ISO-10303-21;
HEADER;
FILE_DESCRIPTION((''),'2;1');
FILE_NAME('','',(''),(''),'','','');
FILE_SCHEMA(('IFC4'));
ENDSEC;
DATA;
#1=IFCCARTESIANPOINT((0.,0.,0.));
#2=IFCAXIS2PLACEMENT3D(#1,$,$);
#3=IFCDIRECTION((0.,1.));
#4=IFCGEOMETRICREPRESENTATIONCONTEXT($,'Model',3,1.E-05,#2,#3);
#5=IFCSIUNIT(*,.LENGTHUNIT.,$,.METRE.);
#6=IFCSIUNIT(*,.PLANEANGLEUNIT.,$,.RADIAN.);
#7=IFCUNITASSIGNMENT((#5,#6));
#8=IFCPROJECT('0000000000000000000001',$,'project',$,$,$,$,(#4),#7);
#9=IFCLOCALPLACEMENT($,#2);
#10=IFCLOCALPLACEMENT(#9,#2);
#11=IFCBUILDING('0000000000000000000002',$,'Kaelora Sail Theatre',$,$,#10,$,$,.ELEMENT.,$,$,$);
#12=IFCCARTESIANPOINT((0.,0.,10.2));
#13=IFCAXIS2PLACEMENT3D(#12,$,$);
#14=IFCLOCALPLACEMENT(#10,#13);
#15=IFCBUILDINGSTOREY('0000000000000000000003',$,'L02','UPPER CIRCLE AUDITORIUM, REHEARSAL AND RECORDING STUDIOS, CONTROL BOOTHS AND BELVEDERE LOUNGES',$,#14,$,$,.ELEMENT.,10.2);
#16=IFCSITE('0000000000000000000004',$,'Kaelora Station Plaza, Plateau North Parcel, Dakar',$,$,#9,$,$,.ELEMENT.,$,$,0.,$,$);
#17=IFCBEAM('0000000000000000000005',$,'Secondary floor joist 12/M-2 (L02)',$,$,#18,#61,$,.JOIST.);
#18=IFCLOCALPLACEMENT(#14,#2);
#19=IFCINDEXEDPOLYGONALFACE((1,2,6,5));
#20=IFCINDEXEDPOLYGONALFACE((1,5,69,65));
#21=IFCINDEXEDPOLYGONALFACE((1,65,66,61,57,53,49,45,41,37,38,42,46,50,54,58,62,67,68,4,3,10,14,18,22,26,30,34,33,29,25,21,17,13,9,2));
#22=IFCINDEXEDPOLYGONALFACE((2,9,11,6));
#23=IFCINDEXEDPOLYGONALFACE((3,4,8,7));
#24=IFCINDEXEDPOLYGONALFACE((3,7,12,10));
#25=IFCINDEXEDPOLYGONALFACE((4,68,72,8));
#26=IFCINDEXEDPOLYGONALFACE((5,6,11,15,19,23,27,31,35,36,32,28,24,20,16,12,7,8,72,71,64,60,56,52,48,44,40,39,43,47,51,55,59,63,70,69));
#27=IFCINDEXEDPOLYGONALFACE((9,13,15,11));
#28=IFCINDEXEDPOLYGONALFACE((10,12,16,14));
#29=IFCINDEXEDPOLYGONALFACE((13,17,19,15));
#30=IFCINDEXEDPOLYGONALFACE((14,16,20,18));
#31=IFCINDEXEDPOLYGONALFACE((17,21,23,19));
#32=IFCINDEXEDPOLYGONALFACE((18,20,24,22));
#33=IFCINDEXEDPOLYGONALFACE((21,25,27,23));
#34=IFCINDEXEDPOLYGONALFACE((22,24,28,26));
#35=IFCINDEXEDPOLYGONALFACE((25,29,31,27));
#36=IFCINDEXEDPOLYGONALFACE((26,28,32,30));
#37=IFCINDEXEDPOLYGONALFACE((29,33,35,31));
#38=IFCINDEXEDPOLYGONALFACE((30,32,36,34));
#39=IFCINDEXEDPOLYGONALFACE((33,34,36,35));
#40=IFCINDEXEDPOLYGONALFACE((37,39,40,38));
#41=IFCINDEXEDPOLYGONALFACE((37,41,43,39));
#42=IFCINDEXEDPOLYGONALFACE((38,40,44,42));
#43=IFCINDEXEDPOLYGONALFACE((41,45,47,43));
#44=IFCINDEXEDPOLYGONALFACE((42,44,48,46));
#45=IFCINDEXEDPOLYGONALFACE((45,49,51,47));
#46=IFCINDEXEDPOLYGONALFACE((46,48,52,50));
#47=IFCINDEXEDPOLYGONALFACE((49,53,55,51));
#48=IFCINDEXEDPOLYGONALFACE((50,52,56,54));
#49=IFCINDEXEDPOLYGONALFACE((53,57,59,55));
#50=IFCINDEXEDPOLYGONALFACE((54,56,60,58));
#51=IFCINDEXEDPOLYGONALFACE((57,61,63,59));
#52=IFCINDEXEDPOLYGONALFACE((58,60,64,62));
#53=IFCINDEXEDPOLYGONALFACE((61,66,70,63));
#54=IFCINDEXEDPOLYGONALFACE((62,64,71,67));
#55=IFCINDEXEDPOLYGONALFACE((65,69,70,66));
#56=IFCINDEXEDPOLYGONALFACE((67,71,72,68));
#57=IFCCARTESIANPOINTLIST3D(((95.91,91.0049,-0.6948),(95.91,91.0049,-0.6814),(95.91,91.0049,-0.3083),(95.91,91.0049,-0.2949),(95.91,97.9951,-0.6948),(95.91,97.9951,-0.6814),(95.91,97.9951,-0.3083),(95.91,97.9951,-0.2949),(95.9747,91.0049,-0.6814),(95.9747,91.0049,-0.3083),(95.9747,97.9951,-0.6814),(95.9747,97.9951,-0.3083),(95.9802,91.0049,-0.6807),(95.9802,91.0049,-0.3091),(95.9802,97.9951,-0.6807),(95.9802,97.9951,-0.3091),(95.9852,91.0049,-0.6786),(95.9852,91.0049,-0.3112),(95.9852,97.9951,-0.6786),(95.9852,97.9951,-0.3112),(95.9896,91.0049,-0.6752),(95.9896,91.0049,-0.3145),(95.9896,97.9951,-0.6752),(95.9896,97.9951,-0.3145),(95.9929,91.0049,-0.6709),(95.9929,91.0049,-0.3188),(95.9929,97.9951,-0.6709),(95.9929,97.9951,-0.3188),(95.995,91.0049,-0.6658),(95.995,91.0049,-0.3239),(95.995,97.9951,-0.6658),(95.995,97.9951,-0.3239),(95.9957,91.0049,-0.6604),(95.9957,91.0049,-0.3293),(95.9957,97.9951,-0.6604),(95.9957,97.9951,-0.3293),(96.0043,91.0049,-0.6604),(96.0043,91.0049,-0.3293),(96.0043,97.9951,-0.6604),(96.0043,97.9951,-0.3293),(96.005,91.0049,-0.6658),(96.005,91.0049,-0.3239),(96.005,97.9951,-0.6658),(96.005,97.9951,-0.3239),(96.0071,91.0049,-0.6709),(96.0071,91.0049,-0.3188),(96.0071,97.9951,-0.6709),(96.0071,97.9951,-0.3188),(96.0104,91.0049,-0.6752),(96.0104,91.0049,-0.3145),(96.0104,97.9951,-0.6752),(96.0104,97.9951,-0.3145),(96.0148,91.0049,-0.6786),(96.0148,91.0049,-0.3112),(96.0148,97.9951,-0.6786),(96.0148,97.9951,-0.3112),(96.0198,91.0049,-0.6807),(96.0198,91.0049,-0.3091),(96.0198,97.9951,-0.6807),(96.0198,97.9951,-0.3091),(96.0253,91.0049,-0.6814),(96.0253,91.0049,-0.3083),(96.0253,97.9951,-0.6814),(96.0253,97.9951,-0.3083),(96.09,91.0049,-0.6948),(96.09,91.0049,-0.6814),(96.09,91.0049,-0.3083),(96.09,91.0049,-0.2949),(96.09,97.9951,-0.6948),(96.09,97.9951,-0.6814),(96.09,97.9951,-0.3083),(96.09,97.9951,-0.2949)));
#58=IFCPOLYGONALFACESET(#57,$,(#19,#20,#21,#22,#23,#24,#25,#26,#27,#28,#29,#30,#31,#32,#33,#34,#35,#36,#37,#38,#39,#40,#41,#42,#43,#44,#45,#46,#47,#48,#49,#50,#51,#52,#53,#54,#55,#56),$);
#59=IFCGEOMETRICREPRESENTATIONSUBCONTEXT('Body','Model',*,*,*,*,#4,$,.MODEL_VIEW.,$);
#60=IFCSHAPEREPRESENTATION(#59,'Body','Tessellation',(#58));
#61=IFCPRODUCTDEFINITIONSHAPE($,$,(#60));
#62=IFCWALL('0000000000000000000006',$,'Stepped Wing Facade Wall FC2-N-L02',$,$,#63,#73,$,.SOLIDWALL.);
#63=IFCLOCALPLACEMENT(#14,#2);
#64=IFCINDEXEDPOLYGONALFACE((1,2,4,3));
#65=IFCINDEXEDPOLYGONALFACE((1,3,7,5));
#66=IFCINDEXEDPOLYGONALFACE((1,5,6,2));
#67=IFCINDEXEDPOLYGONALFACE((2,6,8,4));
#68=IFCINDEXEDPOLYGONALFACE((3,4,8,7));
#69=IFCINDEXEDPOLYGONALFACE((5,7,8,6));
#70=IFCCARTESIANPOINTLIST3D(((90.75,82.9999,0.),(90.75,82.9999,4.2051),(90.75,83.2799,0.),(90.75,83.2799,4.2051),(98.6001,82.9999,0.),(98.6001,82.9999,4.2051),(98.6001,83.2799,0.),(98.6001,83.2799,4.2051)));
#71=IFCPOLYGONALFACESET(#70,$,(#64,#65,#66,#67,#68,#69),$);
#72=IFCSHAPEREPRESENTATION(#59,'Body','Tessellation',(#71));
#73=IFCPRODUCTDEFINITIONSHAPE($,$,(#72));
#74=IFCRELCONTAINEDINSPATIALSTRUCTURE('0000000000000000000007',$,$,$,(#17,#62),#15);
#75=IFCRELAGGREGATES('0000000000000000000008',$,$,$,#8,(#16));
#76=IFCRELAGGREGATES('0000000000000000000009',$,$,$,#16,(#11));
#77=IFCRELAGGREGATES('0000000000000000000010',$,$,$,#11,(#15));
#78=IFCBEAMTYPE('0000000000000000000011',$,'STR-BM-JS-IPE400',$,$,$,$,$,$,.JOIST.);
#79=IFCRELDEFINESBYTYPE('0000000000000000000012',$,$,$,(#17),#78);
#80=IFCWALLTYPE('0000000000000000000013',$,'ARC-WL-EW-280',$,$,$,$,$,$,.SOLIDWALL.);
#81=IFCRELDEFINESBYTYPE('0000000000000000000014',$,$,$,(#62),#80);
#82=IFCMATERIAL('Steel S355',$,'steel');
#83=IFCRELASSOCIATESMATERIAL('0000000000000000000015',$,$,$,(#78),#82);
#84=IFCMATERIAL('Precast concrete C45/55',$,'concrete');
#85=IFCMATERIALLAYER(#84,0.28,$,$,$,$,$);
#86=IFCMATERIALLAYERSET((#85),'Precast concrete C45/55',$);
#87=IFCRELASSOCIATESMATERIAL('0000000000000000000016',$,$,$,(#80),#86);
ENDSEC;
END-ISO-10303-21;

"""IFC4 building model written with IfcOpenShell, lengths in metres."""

from ifc_helpers import new_model, si_unit, direction, frame, frame_2d, origin, origin_2d, place, context, subcontext, project, spatial, rectangle, i_section, extrude, material, layer, layer_set, material_profile, profile_set, type_object, element, save


model = new_model("IFC4")

# Units and contexts
model_context = context("Model", 3, precision=1e-05, world=origin(), true_north=direction((0.0, 1.0)))
body_context = subcontext(model_context, "Body", "Model", "MODEL_VIEW")
ifc_project = project(units=[si_unit("LENGTHUNIT", "METRE"), si_unit("PLANEANGLEUNIT", "RADIAN")], contexts=[model_context])

# Site, building, storey
site_placement = place(None, origin())
site = spatial("IfcSite", under=ifc_project, at=site_placement, Name="Kaelora Station Plaza, Plateau North Parcel, Dakar", CompositionType="ELEMENT", RefElevation=0.0)
building_placement = place(site_placement, origin())
building = spatial("IfcBuilding", under=site, at=building_placement, Name="Kaelora Sail Theatre", CompositionType="ELEMENT")
storey_placement = place(building_placement, frame((0.0, 0.0, 10.2)))
storey = spatial("IfcBuildingStorey", under=building, at=storey_placement, Name="L02", Description="UPPER CIRCLE AUDITORIUM, REHEARSAL AND RECORDING STUDIOS, CONTROL BOOTHS AND BELVEDERE LOUNGES", CompositionType="ELEMENT", Elevation=10.2)

# Beam
ifc_material_1 = material(Name="Steel S355", Category="steel")
ifc_material_profile_1 = material_profile(ifc_material_1, i_section(OverallWidth=0.1799, OverallDepth=0.3999, WebThickness=0.0085, FlangeThickness=0.0134, FilletRadius=0.021, at=origin_2d()), Name="IPE 400")
ifc_profile_set_1 = profile_set([ifc_material_profile_1], Name="Steel S355")
beam_type_1 = type_object("IfcBeamType", Name="STR-BM-JS-IPE400", PredefinedType="JOIST", material=ifc_profile_set_1)
beam_1_placement = place(storey_placement, frame((96.0, 91.0049, -0.4949), z_axis=(0.0, 1.0, 0.0), x_axis=(-1.0, 0.0, 0.0)))
element("IfcBeam", 1, at=beam_1_placement, inside=storey, type_object=beam_type_1, Name="Secondary floor joist 12/M-2 (L02)", PredefinedType="JOIST", context=body_context, shape_type="SweptSolid", body=[
    extrude(i_section(OverallWidth=0.1799, OverallDepth=0.3999, WebThickness=0.0085, FlangeThickness=0.0134, FilletRadius=0.021, at=origin_2d()), origin(), (0.0, 0.0, 1.0), 6.9902),
])

# Wall
ifc_material_2 = material(Name="Precast concrete C45/55", Category="concrete")
ifc_layer = layer(ifc_material_2, 0.28)
ifc_layer_set = layer_set([ifc_layer], Name="Precast concrete C45/55")
wall_type = type_object("IfcWallType", Name="ARC-WL-EW-280", PredefinedType="SOLIDWALL", material=ifc_layer_set)
wall_placement = place(storey_placement, frame((90.75, 83.1399, 0.0), z_axis=(0.0, 0.0, 1.0), x_axis=(1.0, 0.0, 0.0)))
element("IfcWall", 2, at=wall_placement, inside=storey, type_object=wall_type, Name="Stepped Wing Facade Wall FC2-N-L02", PredefinedType="SOLIDWALL", context=body_context, shape_type="SweptSolid", body=[
    extrude(rectangle(XDim=7.8501, YDim=0.28, at=frame_2d((3.925, 0.0))), origin(), (0.0, 0.0, 1.0), 4.2051),
])

save(model, "model.ifc")
